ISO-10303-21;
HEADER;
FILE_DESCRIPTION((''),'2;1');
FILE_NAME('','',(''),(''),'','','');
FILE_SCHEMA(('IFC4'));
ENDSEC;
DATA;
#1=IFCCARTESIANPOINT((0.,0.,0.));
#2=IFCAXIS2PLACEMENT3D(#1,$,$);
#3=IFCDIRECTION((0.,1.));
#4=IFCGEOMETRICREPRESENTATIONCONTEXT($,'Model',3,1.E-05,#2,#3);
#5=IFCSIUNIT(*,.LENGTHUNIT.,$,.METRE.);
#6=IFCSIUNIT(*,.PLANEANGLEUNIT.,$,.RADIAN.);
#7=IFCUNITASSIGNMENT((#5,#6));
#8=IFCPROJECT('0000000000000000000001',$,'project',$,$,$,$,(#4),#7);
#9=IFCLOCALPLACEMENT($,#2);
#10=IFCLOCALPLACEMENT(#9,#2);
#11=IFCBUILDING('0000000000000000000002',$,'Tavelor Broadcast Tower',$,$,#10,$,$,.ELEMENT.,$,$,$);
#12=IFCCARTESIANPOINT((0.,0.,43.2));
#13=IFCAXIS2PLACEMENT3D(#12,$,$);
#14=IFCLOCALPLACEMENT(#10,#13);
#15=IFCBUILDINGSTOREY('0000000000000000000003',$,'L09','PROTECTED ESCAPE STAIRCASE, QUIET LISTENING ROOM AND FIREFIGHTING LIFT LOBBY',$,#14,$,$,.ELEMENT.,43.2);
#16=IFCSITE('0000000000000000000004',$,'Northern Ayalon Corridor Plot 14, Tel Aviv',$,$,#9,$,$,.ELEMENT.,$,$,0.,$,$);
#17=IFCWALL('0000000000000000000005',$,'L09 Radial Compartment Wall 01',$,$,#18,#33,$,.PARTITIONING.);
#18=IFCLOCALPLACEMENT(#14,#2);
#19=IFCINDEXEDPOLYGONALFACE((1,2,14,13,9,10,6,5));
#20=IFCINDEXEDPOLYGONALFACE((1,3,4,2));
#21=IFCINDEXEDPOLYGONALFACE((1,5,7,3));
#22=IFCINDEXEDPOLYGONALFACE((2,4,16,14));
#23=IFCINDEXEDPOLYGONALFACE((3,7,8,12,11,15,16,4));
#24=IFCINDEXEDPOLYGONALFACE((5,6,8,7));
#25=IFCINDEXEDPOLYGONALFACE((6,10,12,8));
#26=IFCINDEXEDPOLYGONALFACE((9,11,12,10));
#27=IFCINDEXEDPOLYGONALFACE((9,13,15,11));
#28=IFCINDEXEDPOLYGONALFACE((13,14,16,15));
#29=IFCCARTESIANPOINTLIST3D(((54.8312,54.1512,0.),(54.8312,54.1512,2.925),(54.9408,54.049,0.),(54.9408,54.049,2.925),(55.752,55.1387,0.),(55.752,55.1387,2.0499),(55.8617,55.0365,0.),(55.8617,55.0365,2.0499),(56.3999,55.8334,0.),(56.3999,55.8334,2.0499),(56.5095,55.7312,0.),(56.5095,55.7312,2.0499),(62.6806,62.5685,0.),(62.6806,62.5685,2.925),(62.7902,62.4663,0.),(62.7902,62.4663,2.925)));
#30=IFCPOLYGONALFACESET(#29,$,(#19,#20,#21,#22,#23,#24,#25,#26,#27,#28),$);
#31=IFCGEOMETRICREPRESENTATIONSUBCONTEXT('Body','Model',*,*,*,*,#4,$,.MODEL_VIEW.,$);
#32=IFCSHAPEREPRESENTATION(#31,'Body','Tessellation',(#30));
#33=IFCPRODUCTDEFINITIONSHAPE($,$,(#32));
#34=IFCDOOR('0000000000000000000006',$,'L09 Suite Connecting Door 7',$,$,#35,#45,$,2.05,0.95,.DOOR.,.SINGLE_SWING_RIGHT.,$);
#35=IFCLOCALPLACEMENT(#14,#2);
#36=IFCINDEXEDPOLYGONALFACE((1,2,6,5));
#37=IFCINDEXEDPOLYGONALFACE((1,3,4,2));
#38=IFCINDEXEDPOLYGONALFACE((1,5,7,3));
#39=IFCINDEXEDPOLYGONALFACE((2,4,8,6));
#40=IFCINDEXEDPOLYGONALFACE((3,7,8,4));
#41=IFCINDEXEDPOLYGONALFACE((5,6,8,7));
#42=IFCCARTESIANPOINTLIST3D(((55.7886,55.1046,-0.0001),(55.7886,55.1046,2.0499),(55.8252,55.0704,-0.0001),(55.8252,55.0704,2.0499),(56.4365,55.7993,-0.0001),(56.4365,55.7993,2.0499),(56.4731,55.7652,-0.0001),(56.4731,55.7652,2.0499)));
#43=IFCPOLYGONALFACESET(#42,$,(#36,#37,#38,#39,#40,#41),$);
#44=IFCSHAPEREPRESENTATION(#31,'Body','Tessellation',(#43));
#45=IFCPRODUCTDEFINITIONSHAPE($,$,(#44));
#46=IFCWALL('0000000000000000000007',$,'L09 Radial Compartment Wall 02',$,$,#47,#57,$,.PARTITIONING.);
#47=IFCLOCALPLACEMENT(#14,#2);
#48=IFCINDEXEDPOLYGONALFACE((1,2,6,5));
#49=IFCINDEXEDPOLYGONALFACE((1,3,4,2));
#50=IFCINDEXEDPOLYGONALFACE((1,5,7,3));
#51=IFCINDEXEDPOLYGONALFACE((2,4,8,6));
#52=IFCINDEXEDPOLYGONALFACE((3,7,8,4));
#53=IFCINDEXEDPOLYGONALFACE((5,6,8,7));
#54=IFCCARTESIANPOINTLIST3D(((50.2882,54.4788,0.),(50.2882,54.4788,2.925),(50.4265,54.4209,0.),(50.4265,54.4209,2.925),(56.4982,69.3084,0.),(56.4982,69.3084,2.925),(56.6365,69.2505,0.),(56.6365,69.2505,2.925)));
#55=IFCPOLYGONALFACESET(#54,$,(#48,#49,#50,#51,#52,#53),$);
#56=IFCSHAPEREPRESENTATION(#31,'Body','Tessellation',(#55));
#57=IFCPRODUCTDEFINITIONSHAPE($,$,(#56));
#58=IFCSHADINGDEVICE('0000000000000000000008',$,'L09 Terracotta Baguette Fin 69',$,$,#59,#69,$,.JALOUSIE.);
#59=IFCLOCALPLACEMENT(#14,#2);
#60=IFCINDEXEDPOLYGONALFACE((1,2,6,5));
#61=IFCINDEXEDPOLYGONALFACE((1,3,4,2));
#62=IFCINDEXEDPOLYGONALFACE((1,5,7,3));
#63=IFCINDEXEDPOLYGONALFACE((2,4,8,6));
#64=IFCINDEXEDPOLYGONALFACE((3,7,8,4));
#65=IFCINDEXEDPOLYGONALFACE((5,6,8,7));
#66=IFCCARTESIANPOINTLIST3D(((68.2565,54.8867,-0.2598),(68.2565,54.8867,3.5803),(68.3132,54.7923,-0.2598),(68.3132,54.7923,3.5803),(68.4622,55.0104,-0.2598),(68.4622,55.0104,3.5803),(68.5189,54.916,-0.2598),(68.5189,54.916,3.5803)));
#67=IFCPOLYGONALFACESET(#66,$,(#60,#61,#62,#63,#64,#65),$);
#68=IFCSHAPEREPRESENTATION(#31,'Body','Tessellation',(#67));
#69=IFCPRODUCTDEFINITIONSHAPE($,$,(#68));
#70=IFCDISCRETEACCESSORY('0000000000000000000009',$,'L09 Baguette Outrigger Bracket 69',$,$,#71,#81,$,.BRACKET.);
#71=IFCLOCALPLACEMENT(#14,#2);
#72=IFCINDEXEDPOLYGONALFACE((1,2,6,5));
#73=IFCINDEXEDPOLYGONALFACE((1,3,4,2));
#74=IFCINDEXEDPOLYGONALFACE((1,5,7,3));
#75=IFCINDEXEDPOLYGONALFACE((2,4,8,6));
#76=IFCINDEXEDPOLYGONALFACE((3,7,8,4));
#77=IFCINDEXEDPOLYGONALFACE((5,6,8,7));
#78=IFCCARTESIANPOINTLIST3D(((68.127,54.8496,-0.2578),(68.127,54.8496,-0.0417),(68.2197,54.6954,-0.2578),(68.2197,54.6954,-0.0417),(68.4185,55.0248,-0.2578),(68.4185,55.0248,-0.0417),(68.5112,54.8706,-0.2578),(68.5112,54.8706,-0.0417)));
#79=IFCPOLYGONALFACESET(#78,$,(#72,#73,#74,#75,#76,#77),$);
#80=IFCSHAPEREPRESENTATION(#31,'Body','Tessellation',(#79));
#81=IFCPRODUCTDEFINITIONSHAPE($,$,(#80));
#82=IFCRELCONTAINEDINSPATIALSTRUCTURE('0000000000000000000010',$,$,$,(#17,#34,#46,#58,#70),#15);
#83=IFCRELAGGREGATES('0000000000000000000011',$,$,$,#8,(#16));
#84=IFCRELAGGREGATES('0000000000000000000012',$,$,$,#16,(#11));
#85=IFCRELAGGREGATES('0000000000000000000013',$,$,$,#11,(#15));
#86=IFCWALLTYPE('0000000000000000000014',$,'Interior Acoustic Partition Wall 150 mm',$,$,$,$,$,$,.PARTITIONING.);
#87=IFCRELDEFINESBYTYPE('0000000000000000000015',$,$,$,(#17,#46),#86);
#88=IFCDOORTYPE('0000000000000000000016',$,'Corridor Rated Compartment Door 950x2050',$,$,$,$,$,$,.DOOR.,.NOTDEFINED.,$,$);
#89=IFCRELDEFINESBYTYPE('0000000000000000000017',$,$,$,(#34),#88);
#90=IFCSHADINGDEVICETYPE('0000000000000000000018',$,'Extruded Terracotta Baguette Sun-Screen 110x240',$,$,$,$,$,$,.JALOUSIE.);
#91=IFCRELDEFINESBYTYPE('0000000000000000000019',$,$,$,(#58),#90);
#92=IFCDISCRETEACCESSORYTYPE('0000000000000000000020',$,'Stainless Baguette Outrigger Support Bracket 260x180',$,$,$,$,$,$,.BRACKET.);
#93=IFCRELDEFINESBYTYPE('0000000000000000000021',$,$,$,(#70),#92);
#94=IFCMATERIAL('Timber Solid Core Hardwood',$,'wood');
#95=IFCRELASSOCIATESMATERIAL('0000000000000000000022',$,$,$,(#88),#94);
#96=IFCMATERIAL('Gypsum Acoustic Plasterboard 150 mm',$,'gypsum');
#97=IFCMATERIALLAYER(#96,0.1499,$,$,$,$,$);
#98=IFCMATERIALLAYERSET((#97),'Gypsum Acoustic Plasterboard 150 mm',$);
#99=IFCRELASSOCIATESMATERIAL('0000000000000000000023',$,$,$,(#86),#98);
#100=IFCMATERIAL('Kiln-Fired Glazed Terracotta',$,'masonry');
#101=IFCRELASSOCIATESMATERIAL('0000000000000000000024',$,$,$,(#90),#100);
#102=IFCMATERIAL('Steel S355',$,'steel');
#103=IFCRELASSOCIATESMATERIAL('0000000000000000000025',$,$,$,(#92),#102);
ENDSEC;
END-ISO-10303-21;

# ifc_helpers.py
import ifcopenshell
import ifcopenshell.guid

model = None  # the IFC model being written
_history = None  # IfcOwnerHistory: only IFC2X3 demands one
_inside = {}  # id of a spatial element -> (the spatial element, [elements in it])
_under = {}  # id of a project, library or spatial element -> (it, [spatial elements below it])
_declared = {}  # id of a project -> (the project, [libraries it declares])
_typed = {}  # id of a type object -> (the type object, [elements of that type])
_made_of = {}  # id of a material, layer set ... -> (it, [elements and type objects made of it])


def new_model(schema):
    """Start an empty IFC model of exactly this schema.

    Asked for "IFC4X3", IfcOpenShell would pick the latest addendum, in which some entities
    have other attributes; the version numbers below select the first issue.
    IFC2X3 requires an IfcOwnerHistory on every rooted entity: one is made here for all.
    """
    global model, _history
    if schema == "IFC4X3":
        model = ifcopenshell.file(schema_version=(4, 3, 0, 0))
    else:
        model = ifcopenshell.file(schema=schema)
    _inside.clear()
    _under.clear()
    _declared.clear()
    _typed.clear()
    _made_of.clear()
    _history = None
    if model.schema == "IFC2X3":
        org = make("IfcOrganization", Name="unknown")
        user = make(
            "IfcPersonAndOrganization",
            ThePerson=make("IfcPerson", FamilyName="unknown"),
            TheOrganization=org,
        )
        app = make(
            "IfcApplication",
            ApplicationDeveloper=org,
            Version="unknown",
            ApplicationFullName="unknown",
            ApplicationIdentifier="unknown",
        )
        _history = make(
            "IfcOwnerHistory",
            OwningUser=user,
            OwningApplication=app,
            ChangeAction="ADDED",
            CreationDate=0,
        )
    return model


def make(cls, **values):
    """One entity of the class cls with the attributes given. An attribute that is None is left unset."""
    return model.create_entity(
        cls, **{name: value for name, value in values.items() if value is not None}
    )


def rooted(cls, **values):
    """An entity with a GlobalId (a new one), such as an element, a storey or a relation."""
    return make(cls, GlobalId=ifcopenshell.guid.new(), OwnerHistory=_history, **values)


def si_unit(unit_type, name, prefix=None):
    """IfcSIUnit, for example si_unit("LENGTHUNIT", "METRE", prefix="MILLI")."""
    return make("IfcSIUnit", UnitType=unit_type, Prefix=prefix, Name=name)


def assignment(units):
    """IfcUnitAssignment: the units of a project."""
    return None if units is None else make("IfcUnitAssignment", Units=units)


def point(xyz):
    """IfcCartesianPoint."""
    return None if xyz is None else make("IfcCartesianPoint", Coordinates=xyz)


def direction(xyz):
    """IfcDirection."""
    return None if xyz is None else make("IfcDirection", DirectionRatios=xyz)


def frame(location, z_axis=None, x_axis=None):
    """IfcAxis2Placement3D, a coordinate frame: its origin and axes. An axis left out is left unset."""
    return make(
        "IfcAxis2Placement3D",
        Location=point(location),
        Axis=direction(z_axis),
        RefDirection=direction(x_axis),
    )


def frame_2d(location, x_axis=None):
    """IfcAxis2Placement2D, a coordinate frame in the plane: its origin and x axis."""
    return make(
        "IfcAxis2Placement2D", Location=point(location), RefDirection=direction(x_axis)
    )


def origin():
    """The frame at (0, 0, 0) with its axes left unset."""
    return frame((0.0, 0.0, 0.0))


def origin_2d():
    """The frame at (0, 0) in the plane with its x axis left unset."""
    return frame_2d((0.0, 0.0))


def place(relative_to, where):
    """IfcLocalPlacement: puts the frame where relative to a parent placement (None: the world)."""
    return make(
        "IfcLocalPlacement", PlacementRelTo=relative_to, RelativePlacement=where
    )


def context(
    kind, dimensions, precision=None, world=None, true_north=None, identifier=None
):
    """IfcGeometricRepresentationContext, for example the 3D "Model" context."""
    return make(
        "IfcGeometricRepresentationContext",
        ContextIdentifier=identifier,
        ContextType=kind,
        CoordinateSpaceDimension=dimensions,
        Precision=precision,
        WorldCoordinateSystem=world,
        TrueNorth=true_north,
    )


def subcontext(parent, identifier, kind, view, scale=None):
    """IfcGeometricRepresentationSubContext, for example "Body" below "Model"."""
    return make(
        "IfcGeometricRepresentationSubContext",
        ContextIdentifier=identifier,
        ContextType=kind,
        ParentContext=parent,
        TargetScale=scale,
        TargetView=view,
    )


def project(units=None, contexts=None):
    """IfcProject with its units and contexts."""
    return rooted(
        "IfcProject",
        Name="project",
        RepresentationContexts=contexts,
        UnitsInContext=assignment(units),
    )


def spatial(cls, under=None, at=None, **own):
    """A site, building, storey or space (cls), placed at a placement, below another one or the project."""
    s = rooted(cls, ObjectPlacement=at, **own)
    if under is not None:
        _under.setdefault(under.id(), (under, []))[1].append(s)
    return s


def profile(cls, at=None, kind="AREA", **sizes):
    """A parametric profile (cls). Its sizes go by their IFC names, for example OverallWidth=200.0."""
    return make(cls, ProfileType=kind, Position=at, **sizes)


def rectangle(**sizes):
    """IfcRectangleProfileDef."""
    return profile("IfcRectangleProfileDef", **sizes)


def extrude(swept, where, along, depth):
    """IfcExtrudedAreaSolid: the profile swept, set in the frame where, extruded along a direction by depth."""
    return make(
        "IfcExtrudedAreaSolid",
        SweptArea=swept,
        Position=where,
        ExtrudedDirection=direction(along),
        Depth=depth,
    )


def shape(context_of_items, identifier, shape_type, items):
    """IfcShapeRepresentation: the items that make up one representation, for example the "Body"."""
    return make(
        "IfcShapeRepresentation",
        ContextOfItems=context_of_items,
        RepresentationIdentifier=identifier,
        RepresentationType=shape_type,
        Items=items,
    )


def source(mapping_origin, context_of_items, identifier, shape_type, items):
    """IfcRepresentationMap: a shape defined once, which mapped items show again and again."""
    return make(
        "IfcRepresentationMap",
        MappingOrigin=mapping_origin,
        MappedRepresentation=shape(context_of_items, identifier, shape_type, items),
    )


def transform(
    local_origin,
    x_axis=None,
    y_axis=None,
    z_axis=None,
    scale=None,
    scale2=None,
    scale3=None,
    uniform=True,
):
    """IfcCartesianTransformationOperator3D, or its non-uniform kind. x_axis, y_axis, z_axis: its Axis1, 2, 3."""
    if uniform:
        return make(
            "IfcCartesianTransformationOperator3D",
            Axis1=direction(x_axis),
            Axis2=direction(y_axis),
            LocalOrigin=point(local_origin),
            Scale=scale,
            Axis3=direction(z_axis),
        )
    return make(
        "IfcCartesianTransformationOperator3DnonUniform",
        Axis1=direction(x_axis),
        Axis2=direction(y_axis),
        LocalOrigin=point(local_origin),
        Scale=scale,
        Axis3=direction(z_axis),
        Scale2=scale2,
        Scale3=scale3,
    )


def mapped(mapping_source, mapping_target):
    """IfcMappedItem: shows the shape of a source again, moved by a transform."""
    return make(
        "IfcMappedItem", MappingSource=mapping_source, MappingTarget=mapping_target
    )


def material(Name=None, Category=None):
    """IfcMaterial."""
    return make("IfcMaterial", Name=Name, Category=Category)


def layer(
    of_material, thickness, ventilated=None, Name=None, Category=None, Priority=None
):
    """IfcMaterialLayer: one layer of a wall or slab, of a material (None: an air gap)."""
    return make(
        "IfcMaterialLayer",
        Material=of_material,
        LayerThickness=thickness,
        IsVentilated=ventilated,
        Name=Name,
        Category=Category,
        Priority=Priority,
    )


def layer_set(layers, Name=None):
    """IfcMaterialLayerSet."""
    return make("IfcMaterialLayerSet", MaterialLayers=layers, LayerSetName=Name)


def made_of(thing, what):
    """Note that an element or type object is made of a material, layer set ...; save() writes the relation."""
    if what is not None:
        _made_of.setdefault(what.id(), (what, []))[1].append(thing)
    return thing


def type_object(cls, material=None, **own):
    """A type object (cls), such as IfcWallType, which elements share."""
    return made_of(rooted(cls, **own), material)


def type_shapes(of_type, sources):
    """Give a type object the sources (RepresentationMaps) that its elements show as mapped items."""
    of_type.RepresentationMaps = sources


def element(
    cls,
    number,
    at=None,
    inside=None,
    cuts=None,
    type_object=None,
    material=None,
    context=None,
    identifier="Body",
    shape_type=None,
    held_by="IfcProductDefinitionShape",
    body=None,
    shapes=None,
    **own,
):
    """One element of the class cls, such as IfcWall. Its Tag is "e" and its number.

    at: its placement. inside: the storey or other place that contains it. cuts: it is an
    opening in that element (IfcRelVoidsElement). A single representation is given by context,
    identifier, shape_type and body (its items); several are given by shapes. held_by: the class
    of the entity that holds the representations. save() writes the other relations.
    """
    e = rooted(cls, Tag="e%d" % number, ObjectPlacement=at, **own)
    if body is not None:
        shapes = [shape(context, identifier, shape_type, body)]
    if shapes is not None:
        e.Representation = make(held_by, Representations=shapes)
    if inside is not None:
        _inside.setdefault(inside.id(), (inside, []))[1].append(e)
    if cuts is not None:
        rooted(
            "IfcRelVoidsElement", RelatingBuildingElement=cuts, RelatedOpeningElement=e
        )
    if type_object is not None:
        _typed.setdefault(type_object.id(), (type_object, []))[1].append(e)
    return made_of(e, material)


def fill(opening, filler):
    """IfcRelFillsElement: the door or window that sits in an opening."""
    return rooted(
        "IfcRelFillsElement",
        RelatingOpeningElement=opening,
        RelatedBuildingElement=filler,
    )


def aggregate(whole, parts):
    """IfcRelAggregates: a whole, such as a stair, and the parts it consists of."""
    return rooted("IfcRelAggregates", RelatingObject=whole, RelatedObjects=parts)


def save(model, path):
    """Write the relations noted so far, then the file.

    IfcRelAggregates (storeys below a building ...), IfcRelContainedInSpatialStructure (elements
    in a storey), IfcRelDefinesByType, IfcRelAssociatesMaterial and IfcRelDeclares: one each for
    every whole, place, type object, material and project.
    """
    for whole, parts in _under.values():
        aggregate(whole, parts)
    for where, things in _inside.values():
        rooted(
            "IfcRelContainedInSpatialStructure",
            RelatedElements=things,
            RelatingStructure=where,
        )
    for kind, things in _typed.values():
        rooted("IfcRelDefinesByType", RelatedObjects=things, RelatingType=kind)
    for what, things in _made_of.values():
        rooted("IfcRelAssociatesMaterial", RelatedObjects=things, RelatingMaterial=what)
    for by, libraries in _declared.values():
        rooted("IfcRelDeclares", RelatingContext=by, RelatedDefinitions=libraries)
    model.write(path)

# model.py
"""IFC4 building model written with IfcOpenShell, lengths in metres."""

from ifc_helpers import new_model, si_unit, direction, frame, frame_2d, origin, origin_2d, place, context, subcontext, project, spatial, rectangle, extrude, source, transform, mapped, material, layer, layer_set, type_object, type_shapes, element, fill, save


model = new_model("IFC4")

# Units and contexts
model_context = context("Model", 3, precision=1e-05, world=origin(), true_north=direction((0.0, 1.0)))
body_context = subcontext(model_context, "Body", "Model", "MODEL_VIEW")
ifc_project = project(units=[si_unit("LENGTHUNIT", "METRE"), si_unit("PLANEANGLEUNIT", "RADIAN")], contexts=[model_context])

# Site, building, storey
site_placement = place(None, origin())
site = spatial("IfcSite", under=ifc_project, at=site_placement, Name="Northern Ayalon Corridor Plot 14, Tel Aviv", CompositionType="ELEMENT", RefElevation=0.0)
building_placement = place(site_placement, origin())
building = spatial("IfcBuilding", under=site, at=building_placement, Name="Tavelor Broadcast Tower", CompositionType="ELEMENT")
storey_placement = place(building_placement, frame((0.0, 0.0, 43.2)))
storey = spatial("IfcBuildingStorey", under=building, at=storey_placement, Name="L09", Description="PROTECTED ESCAPE STAIRCASE, QUIET LISTENING ROOM AND FIREFIGHTING LIFT LOBBY", CompositionType="ELEMENT", Elevation=43.2)

# Shared definitions
ifc_material_1 = material(Name="Steel S355", Category="steel")

# Wall, opening, door
ifc_material_2 = material(Name="Timber Solid Core Hardwood", Category="wood")
door_type = type_object("IfcDoorType", Name="Corridor Rated Compartment Door 950x2050", OperationType="NOTDEFINED", PredefinedType="DOOR", material=ifc_material_2)
ifc_material_3 = material(Name="Gypsum Acoustic Plasterboard 150 mm", Category="gypsum")
ifc_layer_1 = layer(ifc_material_3, 0.1499)
ifc_layer_set_1 = layer_set([ifc_layer_1], Name="Gypsum Acoustic Plasterboard 150 mm")
wall_type_1 = type_object("IfcWallType", Name="Interior Acoustic Partition Wall 150 mm", PredefinedType="PARTITIONING", material=ifc_layer_set_1)
wall_1_placement = place(storey_placement, frame((54.886, 54.1001, 0.0), z_axis=(0.0, 0.0, 1.0), x_axis=(0.682006, 0.731347, 0.0)))
wall_1 = element("IfcWall", 1, at=wall_1_placement, inside=storey, type_object=wall_type_1, Name="L09 Radial Compartment Wall 01", PredefinedType="PARTITIONING", context=body_context, shape_type="SweptSolid", body=[
    extrude(rectangle(XDim=11.5093, YDim=0.1499, at=frame_2d((5.7546, 0.0))), origin(), (0.0, 0.0, 1.0), 2.925),
])
opening_1_placement = place(wall_1_placement, frame((1.3501, 0.0, 0.0)))
opening_1 = element("IfcOpeningElement", 2, at=opening_1_placement, cuts=wall_1, PredefinedType="OPENING", context=body_context, shape_type="SweptSolid", body=[
    extrude(rectangle(XDim=0.95, YDim=2.05, at=frame_2d((0.4751, 1.0249))), frame((0.0, 0.085, 0.0), z_axis=(0.0, -1.0, 0.0), x_axis=(1.0, 0.0, 0.0)), (0.0, 0.0, 1.0), 0.1699),
])
door_1_placement = place(opening_1_placement, origin())
door_1 = element("IfcDoor", 3, at=door_1_placement, inside=storey, type_object=door_type, Name="L09 Suite Connecting Door 7", OperationType="SINGLE_SWING_RIGHT", OverallHeight=2.05, OverallWidth=0.95, PredefinedType="DOOR", context=body_context, shape_type="SweptSolid", body=[
    extrude(rectangle(XDim=0.95, YDim=2.05, at=frame_2d((0.4751, 1.0249))), frame((0.0, 0.0249, 0.0), z_axis=(0.0, -1.0, 0.0), x_axis=(1.0, 0.0, 0.0)), (0.0, 0.0, 1.0), 0.05),
])
fill(opening_1, door_1)

# Wall
wall_2_placement = place(storey_placement, frame((50.3574, 54.45, 0.0), z_axis=(0.0, 0.0, 1.0), x_axis=(0.386256, 0.922392, 0.0)))
element("IfcWall", 4, at=wall_2_placement, inside=storey, type_object=wall_type_1, Name="L09 Radial Compartment Wall 02", PredefinedType="PARTITIONING", context=body_context, shape_type="SweptSolid", body=[
    extrude(rectangle(XDim=16.0774, YDim=0.1499, at=frame_2d((8.0386, 0.0))), origin(), (0.0, 0.0, 1.0), 2.925),
])

# Shading device
ifc_material_4 = material(Name="Kiln-Fired Glazed Terracotta", Category="masonry")
shading_device_type = type_object("IfcShadingDeviceType", Name="Extruded Terracotta Baguette Sun-Screen 110x240", PredefinedType="JALOUSIE", material=ifc_material_4)
shared_shape_1 = source(origin(), body_context, "Body", "SweptSolid", [
    extrude(rectangle(XDim=0.1101, YDim=0.24, at=origin_2d()), origin(), (0.0, 0.0, 1.0), 3.8401),
])
type_shapes(shading_device_type, [shared_shape_1])
shading_device_placement = place(storey_placement, frame((68.3877, 54.9014, -0.2598), z_axis=(0.0, 0.0, 1.0), x_axis=(-0.515337, 0.856987, 0.0)))
element("IfcShadingDevice", 5, at=shading_device_placement, inside=storey, type_object=shading_device_type, Name="L09 Terracotta Baguette Fin 69", PredefinedType="JALOUSIE", context=body_context, shape_type="MappedRepresentation", body=[
    mapped(shared_shape_1, transform((0.0, 0.0, 0.0), scale=1.0)),
])

# Discrete accessory
discrete_accessory_type = type_object("IfcDiscreteAccessoryType", Name="Stainless Baguette Outrigger Support Bracket 260x180", PredefinedType="BRACKET", material=ifc_material_1)
shared_shape_2 = source(origin(), body_context, "Body", "SweptSolid", [
    extrude(rectangle(XDim=0.1799, YDim=0.3401, at=origin_2d()), origin(), (0.0, 0.0, 1.0), 0.2161),
])
type_shapes(discrete_accessory_type, [shared_shape_2])
discrete_accessory_placement = place(storey_placement, frame((68.3191, 54.8601, -0.2578), z_axis=(0.0, 0.0, 1.0), x_axis=(-0.515337, 0.856987, 0.0)))
element("IfcDiscreteAccessory", 6, at=discrete_accessory_placement, inside=storey, type_object=discrete_accessory_type, Name="L09 Baguette Outrigger Bracket 69", PredefinedType="BRACKET", context=body_context, shape_type="MappedRepresentation", body=[
    mapped(shared_shape_2, transform((0.0, 0.0, 0.0), scale=1.0)),
])

save(model, "model.ifc")
